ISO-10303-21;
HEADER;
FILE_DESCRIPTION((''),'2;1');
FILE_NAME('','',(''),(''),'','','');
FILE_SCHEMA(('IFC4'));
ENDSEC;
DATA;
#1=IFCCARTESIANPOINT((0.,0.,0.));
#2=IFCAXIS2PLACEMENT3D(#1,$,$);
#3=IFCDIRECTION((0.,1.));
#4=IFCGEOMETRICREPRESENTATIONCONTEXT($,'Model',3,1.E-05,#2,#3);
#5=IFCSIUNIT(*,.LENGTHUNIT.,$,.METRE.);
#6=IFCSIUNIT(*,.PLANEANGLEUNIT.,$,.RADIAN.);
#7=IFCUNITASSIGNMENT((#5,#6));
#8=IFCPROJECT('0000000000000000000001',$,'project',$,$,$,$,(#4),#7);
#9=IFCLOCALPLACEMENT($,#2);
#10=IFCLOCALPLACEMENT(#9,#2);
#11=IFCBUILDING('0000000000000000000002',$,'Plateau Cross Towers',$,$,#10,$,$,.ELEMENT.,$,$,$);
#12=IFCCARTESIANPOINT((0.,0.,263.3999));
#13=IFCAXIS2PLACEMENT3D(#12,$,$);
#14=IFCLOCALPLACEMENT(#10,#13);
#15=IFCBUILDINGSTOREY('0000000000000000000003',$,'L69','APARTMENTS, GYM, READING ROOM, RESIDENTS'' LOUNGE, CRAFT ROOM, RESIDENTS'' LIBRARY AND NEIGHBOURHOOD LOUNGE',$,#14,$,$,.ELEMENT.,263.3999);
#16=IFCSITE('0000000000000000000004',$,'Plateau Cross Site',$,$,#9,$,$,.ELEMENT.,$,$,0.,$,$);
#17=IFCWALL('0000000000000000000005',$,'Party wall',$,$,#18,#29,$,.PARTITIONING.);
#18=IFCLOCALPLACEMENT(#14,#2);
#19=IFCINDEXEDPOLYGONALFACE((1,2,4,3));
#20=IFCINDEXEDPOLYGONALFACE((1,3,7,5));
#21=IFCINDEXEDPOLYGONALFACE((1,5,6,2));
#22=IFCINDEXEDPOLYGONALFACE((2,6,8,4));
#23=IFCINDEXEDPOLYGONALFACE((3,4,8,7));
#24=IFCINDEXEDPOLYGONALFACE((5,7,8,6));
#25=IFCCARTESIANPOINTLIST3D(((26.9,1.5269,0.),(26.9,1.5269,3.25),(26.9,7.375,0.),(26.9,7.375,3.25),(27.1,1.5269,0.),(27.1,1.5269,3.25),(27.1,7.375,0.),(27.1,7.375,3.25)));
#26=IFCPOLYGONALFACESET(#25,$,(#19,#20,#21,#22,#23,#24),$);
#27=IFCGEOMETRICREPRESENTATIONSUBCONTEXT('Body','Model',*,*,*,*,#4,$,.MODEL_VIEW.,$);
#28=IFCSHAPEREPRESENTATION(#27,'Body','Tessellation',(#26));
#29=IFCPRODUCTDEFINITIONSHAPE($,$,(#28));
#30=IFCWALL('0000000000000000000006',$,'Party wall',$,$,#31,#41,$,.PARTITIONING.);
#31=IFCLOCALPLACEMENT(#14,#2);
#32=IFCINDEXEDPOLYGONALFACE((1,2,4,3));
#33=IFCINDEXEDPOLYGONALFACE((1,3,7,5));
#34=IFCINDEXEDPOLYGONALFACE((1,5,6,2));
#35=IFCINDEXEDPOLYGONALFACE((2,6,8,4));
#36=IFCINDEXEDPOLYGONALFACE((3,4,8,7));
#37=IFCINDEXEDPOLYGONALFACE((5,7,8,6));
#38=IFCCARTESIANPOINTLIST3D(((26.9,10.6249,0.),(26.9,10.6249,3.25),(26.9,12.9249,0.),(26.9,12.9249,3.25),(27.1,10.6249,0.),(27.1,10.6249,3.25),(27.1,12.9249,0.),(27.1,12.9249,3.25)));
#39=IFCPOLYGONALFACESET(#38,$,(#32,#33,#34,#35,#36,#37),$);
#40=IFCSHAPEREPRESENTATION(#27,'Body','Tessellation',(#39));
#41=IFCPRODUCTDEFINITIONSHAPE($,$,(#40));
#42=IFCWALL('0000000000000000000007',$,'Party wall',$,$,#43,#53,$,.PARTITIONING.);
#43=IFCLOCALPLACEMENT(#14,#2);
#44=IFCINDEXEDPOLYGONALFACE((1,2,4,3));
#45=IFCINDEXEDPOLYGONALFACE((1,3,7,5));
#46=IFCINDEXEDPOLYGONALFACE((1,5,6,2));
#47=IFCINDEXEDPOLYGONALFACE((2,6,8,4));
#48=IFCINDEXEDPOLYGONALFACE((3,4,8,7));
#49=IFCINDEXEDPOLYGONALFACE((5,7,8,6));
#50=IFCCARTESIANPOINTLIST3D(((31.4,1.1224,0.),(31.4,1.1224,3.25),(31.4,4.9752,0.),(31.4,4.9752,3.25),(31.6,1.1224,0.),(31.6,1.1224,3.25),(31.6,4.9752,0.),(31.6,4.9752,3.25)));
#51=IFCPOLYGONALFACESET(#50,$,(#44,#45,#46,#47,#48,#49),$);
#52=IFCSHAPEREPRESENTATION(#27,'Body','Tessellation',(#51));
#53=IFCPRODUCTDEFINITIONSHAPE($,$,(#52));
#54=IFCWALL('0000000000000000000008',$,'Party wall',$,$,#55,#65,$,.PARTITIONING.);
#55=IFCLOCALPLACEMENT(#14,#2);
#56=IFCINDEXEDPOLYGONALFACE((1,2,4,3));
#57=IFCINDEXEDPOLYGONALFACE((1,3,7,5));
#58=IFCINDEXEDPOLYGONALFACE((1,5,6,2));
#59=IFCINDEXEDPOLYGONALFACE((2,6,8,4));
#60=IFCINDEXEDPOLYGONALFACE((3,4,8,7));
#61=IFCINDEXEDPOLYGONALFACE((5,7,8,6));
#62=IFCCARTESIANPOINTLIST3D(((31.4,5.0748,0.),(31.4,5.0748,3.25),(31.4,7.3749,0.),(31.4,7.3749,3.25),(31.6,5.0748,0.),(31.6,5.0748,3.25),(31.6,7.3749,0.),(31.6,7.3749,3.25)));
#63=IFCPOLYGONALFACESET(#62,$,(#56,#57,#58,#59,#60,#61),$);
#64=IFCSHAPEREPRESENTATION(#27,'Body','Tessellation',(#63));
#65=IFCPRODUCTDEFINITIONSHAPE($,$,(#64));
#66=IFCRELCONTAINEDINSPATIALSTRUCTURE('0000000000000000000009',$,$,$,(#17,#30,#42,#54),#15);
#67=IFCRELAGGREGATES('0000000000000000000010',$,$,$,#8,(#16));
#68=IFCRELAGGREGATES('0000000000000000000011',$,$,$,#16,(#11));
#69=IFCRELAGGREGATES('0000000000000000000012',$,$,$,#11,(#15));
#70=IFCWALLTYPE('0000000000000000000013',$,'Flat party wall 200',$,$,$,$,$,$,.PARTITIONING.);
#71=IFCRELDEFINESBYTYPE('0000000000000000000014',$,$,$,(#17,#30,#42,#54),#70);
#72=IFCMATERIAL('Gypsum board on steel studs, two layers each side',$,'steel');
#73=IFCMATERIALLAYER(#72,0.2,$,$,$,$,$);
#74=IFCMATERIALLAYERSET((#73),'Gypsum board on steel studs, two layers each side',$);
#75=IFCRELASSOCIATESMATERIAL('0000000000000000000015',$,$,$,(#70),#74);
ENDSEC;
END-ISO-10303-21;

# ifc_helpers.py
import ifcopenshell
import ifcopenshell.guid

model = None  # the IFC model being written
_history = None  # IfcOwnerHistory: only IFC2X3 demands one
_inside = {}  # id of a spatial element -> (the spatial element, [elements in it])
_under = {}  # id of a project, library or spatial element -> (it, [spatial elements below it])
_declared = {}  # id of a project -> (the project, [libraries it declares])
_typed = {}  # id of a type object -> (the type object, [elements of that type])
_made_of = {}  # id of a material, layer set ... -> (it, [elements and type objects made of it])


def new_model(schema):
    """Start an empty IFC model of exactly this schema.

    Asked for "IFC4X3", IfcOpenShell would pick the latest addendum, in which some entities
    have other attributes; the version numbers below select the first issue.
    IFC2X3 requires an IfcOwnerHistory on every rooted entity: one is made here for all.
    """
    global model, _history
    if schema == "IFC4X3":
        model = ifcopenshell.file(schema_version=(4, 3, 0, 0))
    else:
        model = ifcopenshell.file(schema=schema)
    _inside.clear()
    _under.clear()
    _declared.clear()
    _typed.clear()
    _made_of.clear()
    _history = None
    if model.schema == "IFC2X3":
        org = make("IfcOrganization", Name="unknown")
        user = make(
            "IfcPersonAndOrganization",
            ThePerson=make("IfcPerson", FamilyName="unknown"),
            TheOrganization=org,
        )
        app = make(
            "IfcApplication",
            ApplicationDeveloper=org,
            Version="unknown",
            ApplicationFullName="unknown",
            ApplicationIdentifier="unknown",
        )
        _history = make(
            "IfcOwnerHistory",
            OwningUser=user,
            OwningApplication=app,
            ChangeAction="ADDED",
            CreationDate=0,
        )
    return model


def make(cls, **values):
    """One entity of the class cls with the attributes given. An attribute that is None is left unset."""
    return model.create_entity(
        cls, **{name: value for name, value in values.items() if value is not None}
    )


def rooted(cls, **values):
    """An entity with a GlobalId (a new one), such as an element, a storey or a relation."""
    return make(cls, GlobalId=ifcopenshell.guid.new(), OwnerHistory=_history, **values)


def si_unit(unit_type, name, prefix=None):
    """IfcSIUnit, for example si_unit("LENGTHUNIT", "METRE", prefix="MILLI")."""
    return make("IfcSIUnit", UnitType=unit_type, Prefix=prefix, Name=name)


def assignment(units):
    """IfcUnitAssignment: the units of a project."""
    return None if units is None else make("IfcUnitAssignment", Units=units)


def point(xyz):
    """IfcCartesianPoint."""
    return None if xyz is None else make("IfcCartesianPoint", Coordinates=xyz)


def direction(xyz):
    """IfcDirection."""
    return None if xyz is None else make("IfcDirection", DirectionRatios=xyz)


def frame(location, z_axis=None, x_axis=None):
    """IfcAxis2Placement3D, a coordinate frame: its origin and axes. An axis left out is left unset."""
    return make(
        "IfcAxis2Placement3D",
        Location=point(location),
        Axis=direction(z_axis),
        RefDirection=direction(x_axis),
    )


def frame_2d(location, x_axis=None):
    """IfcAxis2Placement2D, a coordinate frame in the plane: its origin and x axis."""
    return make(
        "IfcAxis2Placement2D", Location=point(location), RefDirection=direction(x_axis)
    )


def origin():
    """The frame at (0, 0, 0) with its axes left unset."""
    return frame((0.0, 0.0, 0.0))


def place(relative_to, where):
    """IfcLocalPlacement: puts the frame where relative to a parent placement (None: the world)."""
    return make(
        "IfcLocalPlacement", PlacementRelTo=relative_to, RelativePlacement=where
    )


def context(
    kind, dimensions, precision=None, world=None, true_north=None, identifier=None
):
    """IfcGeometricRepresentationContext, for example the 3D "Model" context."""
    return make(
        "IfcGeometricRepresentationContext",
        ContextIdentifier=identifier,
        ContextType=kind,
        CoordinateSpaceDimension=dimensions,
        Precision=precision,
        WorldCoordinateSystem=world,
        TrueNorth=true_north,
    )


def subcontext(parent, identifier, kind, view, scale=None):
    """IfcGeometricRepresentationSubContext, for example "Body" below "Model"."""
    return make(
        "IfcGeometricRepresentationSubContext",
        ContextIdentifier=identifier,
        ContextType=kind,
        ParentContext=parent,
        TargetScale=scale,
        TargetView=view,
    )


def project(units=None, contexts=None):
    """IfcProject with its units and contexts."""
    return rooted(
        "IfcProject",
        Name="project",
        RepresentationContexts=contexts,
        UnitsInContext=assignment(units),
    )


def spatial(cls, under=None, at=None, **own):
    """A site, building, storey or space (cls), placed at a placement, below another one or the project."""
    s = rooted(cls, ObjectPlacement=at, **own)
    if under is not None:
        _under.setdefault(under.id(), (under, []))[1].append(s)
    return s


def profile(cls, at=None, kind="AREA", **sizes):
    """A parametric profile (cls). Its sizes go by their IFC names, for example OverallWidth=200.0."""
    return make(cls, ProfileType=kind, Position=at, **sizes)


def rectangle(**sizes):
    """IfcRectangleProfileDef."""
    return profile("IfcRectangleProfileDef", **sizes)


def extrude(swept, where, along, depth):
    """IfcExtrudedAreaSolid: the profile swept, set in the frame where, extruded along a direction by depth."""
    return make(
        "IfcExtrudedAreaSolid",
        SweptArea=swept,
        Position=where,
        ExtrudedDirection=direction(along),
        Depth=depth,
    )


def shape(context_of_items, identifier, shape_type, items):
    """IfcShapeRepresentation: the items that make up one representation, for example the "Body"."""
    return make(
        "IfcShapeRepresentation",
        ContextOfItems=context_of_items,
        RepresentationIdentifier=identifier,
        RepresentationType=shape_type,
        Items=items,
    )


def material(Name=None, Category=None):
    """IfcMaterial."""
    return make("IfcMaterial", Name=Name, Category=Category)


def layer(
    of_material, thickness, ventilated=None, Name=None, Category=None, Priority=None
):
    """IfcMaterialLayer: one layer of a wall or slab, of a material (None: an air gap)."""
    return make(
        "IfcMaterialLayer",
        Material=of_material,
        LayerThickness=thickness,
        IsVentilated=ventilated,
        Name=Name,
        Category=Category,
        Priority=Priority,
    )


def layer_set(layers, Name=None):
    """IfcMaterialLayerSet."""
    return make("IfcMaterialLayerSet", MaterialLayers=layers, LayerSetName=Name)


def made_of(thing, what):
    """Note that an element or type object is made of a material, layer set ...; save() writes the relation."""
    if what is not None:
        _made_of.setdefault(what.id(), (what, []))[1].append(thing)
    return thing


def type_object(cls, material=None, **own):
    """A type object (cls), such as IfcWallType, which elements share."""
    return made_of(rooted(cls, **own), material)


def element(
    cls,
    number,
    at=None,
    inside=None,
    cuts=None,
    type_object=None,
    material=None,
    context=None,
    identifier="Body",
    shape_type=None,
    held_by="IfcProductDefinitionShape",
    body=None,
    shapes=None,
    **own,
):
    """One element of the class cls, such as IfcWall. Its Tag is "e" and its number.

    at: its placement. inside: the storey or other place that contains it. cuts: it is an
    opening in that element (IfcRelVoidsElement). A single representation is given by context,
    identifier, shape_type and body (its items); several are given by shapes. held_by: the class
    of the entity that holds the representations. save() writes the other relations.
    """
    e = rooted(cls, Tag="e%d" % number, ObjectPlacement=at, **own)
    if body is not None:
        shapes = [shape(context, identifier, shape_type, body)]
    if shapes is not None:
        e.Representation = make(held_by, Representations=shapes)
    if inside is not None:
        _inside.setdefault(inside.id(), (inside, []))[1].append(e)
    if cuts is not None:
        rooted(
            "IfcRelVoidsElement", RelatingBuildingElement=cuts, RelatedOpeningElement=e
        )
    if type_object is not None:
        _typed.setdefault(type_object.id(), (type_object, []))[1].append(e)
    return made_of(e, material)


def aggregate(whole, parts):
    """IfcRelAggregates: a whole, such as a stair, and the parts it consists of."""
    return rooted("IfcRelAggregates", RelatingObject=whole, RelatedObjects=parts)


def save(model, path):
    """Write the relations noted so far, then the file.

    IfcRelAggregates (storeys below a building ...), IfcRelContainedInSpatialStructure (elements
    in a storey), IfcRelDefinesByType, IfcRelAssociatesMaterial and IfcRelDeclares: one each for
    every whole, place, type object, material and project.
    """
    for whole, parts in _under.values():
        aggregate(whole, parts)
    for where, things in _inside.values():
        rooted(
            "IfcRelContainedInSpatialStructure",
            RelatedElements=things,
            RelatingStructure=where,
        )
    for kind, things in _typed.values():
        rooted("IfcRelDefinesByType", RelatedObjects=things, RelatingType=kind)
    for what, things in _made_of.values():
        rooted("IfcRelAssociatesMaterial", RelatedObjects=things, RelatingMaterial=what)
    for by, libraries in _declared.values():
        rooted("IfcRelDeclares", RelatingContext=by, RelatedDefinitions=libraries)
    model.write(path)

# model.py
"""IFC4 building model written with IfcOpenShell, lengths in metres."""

from ifc_helpers import new_model, si_unit, direction, frame, frame_2d, origin, place, context, subcontext, project, spatial, rectangle, extrude, material, layer, layer_set, type_object, element, save


model = new_model("IFC4")

# Units and contexts
model_context = context("Model", 3, precision=1e-05, world=origin(), true_north=direction((0.0, 1.0)))
body_context = subcontext(model_context, "Body", "Model", "MODEL_VIEW")
ifc_project = project(units=[si_unit("LENGTHUNIT", "METRE"), si_unit("PLANEANGLEUNIT", "RADIAN")], contexts=[model_context])

# Site, building, storey
site_placement = place(None, origin())
site = spatial("IfcSite", under=ifc_project, at=site_placement, Name="Plateau Cross Site", CompositionType="ELEMENT", RefElevation=0.0)
building_placement = place(site_placement, origin())
building = spatial("IfcBuilding", under=site, at=building_placement, Name="Plateau Cross Towers", CompositionType="ELEMENT")
storey_placement = place(building_placement, frame((0.0, 0.0, 263.3999)))
storey = spatial("IfcBuildingStorey", under=building, at=storey_placement, Name="L69", Description="APARTMENTS, GYM, READING ROOM, RESIDENTS' LOUNGE, CRAFT ROOM, RESIDENTS' LIBRARY AND NEIGHBOURHOOD LOUNGE", CompositionType="ELEMENT", Elevation=263.3999)

# Walls
ifc_material_1 = material(Name="Gypsum board on steel studs, two layers each side", Category="steel")
ifc_layer_1 = layer(ifc_material_1, 0.2)
ifc_layer_set_1 = layer_set([ifc_layer_1], Name="Gypsum board on steel studs, two layers each side")
wall_type_1 = type_object("IfcWallType", Name="Flat party wall 200", PredefinedType="PARTITIONING", material=ifc_layer_set_1)
wall_1_placement = place(storey_placement, frame((27.0, 1.5269, 0.0), z_axis=(0.0, 0.0, 1.0), x_axis=(0.0, 1.0, 0.0)))
element("IfcWall", 1, at=wall_1_placement, inside=storey, type_object=wall_type_1, Name="Party wall", PredefinedType="PARTITIONING", context=body_context, shape_type="SweptSolid", body=[
    extrude(rectangle(XDim=5.8481, YDim=0.2, at=frame_2d((2.9241, 0.0))), origin(), (0.0, 0.0, 1.0), 3.25),
])
wall_2_placement = place(storey_placement, frame((27.0, 10.625, 0.0), z_axis=(0.0, 0.0, 1.0), x_axis=(0.0, 1.0, 0.0)))
element("IfcWall", 2, at=wall_2_placement, inside=storey, type_object=wall_type_1, Name="Party wall", PredefinedType="PARTITIONING", context=body_context, shape_type="SweptSolid", body=[
    extrude(rectangle(XDim=2.3, YDim=0.2, at=frame_2d((1.1499, 0.0))), origin(), (0.0, 0.0, 1.0), 3.25),
])
wall_3_placement = place(storey_placement, frame((31.5, 4.9751, 0.0), z_axis=(0.0, 0.0, 1.0), x_axis=(0.0, -1.0, 0.0)))
element("IfcWall", 3, at=wall_3_placement, inside=storey, type_object=wall_type_1, Name="Party wall", PredefinedType="PARTITIONING", context=body_context, shape_type="SweptSolid", body=[
    extrude(rectangle(XDim=3.8528, YDim=0.2, at=frame_2d((1.9263, 0.0))), origin(), (0.0, 0.0, 1.0), 3.25),
])
wall_4_placement = place(storey_placement, frame((31.5, 5.075, 0.0), z_axis=(0.0, 0.0, 1.0), x_axis=(0.0, 1.0, 0.0)))
element("IfcWall", 4, at=wall_4_placement, inside=storey, type_object=wall_type_1, Name="Party wall", PredefinedType="PARTITIONING", context=body_context, shape_type="SweptSolid", body=[
    extrude(rectangle(XDim=2.3, YDim=0.2, at=frame_2d((1.1499, 0.0))), origin(), (0.0, 0.0, 1.0), 3.25),
])

save(model, "model.ifc")
